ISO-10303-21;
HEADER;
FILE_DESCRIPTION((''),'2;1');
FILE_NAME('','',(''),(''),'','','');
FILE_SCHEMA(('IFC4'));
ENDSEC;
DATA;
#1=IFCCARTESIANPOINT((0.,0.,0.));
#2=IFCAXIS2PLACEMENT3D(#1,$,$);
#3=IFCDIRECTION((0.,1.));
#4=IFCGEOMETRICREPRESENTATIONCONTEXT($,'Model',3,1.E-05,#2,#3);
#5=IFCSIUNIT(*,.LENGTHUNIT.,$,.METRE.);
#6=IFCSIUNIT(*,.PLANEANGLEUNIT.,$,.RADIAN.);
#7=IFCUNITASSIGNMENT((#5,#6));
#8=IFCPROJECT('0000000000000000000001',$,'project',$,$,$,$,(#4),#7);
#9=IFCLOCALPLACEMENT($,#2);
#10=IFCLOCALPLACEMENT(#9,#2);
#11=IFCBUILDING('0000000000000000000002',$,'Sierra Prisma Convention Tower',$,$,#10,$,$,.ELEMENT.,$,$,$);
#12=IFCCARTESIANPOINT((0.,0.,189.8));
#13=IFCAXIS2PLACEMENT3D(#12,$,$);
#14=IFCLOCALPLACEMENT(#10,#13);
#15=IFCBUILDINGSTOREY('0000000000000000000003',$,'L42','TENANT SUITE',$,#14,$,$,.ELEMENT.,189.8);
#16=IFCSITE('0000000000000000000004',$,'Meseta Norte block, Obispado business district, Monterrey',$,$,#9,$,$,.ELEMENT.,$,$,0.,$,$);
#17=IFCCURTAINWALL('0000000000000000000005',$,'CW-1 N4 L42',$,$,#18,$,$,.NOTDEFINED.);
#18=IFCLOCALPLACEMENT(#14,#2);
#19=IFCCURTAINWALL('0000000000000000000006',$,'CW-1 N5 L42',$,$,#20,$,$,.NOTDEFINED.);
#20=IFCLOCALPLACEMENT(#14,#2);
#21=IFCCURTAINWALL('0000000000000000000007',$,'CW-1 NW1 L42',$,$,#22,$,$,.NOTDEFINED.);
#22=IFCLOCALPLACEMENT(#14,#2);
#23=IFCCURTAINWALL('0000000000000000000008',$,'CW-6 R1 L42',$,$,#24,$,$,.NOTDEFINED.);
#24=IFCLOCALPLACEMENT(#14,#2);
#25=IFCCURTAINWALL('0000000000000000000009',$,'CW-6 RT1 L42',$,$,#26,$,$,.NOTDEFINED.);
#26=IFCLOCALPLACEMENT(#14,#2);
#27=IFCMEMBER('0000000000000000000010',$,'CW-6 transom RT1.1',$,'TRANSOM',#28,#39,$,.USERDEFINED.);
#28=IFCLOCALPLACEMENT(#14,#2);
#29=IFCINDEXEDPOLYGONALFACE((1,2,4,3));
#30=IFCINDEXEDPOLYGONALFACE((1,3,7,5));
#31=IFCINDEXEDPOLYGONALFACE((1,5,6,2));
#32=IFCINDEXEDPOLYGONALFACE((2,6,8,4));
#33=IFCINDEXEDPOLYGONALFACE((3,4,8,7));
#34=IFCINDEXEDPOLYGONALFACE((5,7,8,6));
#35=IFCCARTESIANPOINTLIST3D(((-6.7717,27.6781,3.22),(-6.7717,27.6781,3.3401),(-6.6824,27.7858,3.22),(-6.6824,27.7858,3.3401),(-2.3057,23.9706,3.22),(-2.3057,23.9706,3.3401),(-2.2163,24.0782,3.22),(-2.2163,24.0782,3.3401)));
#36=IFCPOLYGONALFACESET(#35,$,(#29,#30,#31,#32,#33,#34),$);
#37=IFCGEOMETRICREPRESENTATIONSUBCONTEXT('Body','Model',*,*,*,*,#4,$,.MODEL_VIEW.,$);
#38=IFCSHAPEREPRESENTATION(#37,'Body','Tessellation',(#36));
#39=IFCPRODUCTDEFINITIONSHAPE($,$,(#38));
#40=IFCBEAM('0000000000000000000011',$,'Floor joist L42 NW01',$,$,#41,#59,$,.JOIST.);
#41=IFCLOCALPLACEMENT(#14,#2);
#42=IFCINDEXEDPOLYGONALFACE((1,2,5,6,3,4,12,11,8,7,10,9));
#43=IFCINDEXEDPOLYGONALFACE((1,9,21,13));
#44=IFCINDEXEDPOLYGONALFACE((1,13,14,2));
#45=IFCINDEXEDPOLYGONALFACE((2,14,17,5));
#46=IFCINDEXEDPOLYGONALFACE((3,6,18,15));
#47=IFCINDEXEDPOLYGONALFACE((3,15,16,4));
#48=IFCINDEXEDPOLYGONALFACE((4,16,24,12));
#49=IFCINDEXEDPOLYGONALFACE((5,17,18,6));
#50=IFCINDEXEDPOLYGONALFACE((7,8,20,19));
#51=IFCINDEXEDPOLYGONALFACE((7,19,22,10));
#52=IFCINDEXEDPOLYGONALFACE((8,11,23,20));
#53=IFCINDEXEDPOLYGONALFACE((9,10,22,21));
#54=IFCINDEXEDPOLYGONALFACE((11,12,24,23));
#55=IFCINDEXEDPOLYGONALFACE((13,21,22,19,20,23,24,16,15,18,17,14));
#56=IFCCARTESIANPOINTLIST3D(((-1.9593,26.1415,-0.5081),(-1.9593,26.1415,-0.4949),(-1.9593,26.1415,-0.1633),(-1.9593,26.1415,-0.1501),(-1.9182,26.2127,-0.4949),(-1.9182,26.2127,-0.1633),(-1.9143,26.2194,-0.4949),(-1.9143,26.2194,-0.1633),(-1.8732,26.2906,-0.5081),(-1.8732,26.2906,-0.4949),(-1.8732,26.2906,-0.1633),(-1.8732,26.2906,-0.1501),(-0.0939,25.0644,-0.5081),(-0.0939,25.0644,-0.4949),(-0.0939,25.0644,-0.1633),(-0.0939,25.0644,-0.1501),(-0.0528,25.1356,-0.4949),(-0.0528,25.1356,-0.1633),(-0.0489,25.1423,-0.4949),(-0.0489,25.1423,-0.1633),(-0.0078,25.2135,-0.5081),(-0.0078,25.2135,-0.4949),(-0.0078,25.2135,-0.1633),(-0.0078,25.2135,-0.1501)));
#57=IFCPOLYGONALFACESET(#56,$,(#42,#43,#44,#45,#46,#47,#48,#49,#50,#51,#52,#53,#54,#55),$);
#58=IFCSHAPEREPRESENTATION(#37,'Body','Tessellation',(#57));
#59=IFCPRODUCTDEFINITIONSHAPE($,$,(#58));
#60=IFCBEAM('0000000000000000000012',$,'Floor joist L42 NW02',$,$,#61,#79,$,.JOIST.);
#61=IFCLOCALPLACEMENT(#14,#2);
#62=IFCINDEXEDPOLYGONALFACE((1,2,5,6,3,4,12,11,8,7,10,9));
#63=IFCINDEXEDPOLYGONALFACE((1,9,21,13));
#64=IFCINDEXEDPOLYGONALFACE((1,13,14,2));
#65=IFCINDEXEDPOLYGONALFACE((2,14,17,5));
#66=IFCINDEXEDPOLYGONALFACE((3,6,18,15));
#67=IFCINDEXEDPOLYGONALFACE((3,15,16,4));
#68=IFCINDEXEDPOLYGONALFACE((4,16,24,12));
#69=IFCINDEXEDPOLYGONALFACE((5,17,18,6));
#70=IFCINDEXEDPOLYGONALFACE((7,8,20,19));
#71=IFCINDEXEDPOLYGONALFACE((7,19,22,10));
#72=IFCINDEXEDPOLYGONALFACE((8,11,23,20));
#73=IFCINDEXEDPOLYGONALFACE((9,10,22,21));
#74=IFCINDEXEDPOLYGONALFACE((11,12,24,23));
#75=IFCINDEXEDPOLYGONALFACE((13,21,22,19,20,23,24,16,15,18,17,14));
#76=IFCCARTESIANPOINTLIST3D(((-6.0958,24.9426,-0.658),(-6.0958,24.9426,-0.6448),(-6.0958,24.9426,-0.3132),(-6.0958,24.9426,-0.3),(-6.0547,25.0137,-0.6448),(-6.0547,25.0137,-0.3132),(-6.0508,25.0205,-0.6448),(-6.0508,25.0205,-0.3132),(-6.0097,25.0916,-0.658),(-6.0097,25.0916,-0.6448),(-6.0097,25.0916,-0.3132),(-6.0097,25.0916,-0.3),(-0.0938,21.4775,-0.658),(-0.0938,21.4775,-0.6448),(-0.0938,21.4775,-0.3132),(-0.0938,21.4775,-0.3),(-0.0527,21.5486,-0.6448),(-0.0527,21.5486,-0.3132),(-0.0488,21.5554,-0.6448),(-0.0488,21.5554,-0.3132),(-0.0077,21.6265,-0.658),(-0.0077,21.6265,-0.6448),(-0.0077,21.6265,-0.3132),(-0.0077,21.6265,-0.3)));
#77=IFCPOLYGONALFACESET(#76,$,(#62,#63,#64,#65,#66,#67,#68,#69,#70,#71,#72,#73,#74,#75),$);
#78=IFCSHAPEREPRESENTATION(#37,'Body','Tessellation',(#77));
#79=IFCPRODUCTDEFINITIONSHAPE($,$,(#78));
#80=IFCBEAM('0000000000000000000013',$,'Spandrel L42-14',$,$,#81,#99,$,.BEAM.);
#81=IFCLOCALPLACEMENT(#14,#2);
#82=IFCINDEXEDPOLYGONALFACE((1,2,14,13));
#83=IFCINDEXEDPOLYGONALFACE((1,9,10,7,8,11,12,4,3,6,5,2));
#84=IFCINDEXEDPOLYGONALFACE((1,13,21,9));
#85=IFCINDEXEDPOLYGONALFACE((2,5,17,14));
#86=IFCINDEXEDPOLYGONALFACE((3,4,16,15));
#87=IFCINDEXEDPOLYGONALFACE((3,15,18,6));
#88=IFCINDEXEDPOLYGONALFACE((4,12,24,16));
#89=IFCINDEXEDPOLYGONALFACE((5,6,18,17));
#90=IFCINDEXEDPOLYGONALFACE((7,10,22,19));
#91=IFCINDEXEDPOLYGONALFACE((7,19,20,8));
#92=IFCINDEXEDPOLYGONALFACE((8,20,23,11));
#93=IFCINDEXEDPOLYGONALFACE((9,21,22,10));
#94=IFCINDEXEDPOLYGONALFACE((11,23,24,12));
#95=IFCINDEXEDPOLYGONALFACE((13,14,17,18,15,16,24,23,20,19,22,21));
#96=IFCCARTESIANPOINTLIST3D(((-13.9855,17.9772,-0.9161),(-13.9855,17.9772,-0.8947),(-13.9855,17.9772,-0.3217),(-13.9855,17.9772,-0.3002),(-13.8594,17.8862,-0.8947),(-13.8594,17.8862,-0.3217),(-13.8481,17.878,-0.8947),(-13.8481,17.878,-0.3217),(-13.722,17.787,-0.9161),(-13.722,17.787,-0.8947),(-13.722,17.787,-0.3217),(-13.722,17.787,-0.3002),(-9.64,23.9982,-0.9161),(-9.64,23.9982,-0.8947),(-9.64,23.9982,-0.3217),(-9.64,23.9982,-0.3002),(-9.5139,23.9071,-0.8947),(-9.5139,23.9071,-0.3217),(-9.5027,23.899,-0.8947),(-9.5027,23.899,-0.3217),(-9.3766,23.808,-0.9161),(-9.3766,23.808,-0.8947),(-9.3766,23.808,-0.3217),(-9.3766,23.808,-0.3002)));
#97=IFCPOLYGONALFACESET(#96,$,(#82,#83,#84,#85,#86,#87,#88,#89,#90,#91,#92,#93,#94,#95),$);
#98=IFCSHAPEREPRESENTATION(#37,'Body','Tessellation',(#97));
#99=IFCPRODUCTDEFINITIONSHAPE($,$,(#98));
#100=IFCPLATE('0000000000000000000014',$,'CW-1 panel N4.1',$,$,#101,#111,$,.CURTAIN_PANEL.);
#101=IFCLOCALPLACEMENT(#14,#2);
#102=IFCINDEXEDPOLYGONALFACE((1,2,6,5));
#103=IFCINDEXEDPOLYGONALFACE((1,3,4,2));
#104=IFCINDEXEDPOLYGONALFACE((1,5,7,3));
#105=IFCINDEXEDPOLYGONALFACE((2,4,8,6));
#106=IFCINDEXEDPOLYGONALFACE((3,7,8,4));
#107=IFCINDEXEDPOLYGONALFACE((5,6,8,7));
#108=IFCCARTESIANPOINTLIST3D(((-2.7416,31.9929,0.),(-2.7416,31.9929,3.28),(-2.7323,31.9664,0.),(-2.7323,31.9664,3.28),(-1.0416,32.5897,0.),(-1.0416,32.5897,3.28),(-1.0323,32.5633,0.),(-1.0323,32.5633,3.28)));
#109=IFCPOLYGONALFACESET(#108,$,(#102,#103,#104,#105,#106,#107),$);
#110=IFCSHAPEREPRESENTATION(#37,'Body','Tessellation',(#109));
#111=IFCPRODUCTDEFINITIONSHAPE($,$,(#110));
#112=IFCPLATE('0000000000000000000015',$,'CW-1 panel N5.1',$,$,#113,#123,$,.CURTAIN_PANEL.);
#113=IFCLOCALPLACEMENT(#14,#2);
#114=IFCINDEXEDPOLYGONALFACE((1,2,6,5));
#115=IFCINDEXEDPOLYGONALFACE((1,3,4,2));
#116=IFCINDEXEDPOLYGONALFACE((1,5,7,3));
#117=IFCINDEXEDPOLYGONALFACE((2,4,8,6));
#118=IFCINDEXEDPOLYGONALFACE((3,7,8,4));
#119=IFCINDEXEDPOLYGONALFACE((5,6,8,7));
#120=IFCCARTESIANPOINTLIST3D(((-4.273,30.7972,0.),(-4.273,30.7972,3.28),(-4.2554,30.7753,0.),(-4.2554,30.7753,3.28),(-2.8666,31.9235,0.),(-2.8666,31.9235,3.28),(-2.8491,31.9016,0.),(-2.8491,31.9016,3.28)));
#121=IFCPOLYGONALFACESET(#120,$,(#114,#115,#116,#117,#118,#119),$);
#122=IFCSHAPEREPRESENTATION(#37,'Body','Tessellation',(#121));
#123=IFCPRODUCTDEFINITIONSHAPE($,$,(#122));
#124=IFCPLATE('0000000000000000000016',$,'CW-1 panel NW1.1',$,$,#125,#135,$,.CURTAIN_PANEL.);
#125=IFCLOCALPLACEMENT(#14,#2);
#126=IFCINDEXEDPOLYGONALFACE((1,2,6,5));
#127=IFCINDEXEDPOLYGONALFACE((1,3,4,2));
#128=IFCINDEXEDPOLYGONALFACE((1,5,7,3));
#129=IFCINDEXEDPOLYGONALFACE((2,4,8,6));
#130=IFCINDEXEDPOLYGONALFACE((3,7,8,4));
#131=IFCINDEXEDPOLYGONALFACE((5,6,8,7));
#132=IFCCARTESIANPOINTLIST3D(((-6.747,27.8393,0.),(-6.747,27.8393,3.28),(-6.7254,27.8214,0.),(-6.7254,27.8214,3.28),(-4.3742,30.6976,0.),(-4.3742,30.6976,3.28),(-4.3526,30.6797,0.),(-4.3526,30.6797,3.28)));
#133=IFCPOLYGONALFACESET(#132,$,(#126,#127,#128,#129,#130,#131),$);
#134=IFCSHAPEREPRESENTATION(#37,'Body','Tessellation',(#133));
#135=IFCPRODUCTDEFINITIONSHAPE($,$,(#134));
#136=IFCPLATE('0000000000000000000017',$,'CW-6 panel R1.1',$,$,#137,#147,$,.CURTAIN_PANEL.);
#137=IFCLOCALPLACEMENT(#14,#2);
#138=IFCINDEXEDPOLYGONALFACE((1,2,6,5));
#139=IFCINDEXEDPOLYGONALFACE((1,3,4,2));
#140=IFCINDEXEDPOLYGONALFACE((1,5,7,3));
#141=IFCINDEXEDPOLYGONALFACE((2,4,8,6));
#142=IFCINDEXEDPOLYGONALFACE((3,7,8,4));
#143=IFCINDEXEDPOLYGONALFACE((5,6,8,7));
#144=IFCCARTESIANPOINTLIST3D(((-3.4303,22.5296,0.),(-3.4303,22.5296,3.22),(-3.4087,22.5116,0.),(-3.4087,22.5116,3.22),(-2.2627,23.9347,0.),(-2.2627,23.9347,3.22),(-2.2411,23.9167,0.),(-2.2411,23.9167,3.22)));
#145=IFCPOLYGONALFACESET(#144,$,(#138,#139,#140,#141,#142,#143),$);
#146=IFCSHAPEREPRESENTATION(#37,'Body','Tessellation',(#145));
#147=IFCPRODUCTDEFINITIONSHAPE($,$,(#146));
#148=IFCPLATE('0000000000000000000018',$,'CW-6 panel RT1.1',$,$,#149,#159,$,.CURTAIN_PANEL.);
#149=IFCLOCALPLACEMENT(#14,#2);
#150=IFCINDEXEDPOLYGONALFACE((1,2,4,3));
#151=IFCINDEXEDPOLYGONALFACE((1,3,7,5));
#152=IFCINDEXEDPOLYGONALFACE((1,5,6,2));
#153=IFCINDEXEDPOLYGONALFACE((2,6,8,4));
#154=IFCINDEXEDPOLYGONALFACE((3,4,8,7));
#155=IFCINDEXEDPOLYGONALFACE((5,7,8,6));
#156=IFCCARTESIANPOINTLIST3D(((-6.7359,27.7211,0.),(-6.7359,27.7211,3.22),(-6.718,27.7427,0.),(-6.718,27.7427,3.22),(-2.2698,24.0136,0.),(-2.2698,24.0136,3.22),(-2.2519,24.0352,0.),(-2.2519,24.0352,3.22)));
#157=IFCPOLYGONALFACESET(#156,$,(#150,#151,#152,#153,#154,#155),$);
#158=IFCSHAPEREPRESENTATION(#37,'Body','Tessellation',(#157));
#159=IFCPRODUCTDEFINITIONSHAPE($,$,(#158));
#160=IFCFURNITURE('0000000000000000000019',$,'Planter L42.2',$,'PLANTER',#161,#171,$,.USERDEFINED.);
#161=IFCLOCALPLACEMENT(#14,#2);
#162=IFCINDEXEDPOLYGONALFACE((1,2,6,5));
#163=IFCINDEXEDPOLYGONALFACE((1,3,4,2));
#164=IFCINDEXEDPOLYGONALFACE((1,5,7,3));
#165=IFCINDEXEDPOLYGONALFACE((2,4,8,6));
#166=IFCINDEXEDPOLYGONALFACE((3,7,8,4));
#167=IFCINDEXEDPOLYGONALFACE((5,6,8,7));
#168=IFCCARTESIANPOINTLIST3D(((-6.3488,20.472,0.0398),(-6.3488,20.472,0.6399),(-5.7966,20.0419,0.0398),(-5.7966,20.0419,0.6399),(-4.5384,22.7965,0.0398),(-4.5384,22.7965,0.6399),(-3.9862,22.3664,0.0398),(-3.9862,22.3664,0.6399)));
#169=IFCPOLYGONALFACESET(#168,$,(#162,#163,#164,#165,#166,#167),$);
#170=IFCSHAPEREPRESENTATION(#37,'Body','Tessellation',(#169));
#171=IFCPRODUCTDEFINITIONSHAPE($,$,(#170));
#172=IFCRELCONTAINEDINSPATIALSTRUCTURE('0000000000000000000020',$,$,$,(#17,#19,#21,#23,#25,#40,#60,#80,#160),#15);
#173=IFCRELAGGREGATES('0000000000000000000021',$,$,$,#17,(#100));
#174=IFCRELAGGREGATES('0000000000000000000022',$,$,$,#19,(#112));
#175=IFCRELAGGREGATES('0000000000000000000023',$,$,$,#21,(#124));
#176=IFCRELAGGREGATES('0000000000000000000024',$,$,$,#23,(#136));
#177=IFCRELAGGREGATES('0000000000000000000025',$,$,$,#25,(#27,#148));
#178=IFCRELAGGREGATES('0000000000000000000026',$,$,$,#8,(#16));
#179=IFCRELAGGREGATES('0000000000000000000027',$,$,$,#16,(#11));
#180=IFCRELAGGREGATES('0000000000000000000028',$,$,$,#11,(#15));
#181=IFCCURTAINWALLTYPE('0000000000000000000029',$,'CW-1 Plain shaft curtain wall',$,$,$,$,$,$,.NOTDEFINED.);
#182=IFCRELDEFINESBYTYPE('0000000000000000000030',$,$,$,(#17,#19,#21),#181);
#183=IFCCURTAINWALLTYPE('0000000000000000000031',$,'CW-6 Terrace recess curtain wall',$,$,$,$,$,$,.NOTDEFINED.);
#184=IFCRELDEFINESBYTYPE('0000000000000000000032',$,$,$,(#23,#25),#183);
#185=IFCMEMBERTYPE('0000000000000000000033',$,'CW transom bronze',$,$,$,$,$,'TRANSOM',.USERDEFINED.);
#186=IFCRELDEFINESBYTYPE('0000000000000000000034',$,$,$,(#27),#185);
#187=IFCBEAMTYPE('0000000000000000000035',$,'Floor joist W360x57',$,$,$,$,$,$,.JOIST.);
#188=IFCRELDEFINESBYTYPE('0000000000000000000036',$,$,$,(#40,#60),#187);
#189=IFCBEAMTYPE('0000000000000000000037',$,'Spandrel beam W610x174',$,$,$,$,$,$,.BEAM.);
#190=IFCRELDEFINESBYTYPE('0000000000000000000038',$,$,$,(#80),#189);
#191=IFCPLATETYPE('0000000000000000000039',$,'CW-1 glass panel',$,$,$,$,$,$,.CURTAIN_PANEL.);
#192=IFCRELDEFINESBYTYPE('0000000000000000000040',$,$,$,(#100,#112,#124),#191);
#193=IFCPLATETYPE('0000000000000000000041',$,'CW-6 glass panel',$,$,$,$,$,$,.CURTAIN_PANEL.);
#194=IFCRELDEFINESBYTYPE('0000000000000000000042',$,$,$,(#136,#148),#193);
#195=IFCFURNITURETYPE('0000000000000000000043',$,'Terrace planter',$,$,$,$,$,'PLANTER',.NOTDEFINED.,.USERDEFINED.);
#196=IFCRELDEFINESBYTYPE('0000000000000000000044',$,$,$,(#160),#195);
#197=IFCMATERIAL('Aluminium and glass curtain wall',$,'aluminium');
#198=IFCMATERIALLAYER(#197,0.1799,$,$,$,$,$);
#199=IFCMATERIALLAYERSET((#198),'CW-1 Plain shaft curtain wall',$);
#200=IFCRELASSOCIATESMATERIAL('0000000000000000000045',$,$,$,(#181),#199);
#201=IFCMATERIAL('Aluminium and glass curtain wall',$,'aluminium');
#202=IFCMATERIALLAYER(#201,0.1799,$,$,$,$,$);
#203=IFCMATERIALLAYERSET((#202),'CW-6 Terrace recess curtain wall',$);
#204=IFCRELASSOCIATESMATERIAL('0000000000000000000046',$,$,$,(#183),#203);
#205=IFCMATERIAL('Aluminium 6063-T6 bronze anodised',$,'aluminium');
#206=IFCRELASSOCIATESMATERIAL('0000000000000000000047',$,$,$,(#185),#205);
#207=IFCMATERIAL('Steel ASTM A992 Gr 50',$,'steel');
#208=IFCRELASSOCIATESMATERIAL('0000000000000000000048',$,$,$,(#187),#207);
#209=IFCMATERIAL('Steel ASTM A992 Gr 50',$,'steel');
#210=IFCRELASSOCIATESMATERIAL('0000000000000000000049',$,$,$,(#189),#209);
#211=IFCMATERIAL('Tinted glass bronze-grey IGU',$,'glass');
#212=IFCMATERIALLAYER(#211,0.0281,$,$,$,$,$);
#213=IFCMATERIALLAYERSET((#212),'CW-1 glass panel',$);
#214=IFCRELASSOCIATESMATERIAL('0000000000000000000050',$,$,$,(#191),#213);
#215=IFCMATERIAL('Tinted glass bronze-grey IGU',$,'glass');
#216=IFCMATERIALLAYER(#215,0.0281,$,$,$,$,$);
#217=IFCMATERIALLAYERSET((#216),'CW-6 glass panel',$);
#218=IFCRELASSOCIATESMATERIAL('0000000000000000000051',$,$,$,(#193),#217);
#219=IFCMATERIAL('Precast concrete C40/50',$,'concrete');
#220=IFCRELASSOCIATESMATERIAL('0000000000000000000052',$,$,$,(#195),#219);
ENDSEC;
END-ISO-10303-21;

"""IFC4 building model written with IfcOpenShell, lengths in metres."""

from ifc_helpers import new_model, si_unit, direction, frame, origin, origin_2d, place, context, subcontext, project, spatial, rectangle, i_section, extrude, material, layer, layer_set, material_profile, profile_set, type_object, element, aggregate, save


model = new_model("IFC4")

# Units and contexts
model_context = context("Model", 3, precision=1e-05, world=origin(), true_north=direction((0.0, 1.0)))
body_context = subcontext(model_context, "Body", "Model", "MODEL_VIEW")
ifc_project = project(units=[si_unit("LENGTHUNIT", "METRE"), si_unit("PLANEANGLEUNIT", "RADIAN")], contexts=[model_context])

# Site, building, storey
site_placement = place(None, origin())
site = spatial("IfcSite", under=ifc_project, at=site_placement, Name="Meseta Norte block, Obispado business district, Monterrey", CompositionType="ELEMENT", RefElevation=0.0)
building_placement = place(site_placement, origin())
building = spatial("IfcBuilding", under=site, at=building_placement, Name="Sierra Prisma Convention Tower", CompositionType="ELEMENT")
storey_placement = place(building_placement, frame((0.0, 0.0, 189.8)))
storey = spatial("IfcBuildingStorey", under=building, at=storey_placement, Name="L42", Description="TENANT SUITE", CompositionType="ELEMENT", Elevation=189.8)

# Curtain walls
ifc_material_1 = material(Name="Aluminium and glass curtain wall", Category="aluminium")
ifc_layer_1 = layer(ifc_material_1, 0.1799)
ifc_layer_set_1 = layer_set([ifc_layer_1], Name="CW-1 Plain shaft curtain wall")
curtain_wall_type_1 = type_object("IfcCurtainWallType", Name="CW-1 Plain shaft curtain wall", PredefinedType="NOTDEFINED", material=ifc_layer_set_1)
curtain_wall_1_placement = place(storey_placement, origin())
curtain_wall_1 = element("IfcCurtainWall", 1, at=curtain_wall_1_placement, inside=storey, type_object=curtain_wall_type_1, Name="CW-1 N4 L42", PredefinedType="NOTDEFINED")
curtain_wall_2_placement = place(storey_placement, origin())
curtain_wall_2 = element("IfcCurtainWall", 2, at=curtain_wall_2_placement, inside=storey, type_object=curtain_wall_type_1, Name="CW-1 N5 L42", PredefinedType="NOTDEFINED")

# Curtain wall
curtain_wall_3_placement = place(storey_placement, origin())
curtain_wall_3 = element("IfcCurtainWall", 3, at=curtain_wall_3_placement, inside=storey, type_object=curtain_wall_type_1, Name="CW-1 NW1 L42", PredefinedType="NOTDEFINED")

# Curtain wall
ifc_material_2 = material(Name="Aluminium and glass curtain wall", Category="aluminium")
ifc_layer_2 = layer(ifc_material_2, 0.1799)
ifc_layer_set_2 = layer_set([ifc_layer_2], Name="CW-6 Terrace recess curtain wall")
curtain_wall_type_2 = type_object("IfcCurtainWallType", Name="CW-6 Terrace recess curtain wall", PredefinedType="NOTDEFINED", material=ifc_layer_set_2)
curtain_wall_4_placement = place(storey_placement, origin())
curtain_wall_4 = element("IfcCurtainWall", 4, at=curtain_wall_4_placement, inside=storey, type_object=curtain_wall_type_2, Name="CW-6 R1 L42", PredefinedType="NOTDEFINED")

# Curtain wall
curtain_wall_5_placement = place(storey_placement, origin())
curtain_wall_5 = element("IfcCurtainWall", 5, at=curtain_wall_5_placement, inside=storey, type_object=curtain_wall_type_2, Name="CW-6 RT1 L42", PredefinedType="NOTDEFINED")

# Member
ifc_material_3 = material(Name="Aluminium 6063-T6 bronze anodised", Category="aluminium")
ifc_material_profile_1 = material_profile(ifc_material_3, rectangle(XDim=0.1399, YDim=0.1201, at=origin_2d()), Name="ALU TRANSOM 120x140")
ifc_profile_set_1 = profile_set([ifc_material_profile_1], Name="Aluminium 6063-T6 bronze anodised")
member_type_1 = type_object("IfcMemberType", Name="CW transom bronze", ElementType="TRANSOM", PredefinedType="USERDEFINED", material=ifc_profile_set_1)
member_1_placement = place(storey_placement, frame((-6.7271, 27.7319, 3.28), z_axis=(0.769423, -0.638739, 0.0), x_axis=(0.638739, 0.769423, 0.0)))
member_1 = element("IfcMember", 6, at=member_1_placement, type_object=member_type_1, Name="CW-6 transom RT1.1", ObjectType="TRANSOM", PredefinedType="USERDEFINED", context=body_context, shape_type="SweptSolid", body=[
    extrude(rectangle(XDim=0.1399, YDim=0.1201, at=origin_2d()), origin(), (0.0, 0.0, 1.0), 5.8044),
])

# Beams
ifc_material_4 = material(Name="Steel ASTM A992 Gr 50", Category="steel")
ifc_material_profile_2 = material_profile(ifc_material_4, i_section(OverallWidth=0.1721, OverallDepth=0.3579, WebThickness=0.0078, FlangeThickness=0.0132, at=origin_2d()), Name="W360x57")
ifc_profile_set_2 = profile_set([ifc_material_profile_2], Name="Steel ASTM A992 Gr 50")
beam_type_1 = type_object("IfcBeamType", Name="Floor joist W360x57", PredefinedType="JOIST", material=ifc_profile_set_2)
beam_1_placement = place(storey_placement, frame((-1.9163, 26.2161, -0.3291), z_axis=(0.866003, -0.50004, 0.0), x_axis=(0.50004, 0.866003, 0.0)))
element("IfcBeam", 7, at=beam_1_placement, inside=storey, type_object=beam_type_1, Name="Floor joist L42 NW01", PredefinedType="JOIST", context=body_context, shape_type="SweptSolid", body=[
    extrude(i_section(OverallWidth=0.1721, OverallDepth=0.3579, WebThickness=0.0078, FlangeThickness=0.0132, at=origin_2d()), origin(), (0.0, 0.0, 1.0), 2.1541),
])
beam_2_placement = place(storey_placement, frame((-6.0527, 25.0171, -0.479), z_axis=(0.866034, -0.499985, 0.0), x_axis=(0.499985, 0.866034, 0.0)))
element("IfcBeam", 8, at=beam_2_placement, inside=storey, type_object=beam_type_1, Name="Floor joist L42 NW02", PredefinedType="JOIST", context=body_context, shape_type="SweptSolid", body=[
    extrude(i_section(OverallWidth=0.1721, OverallDepth=0.3579, WebThickness=0.0078, FlangeThickness=0.0132, at=origin_2d()), origin(), (0.0, 0.0, 1.0), 6.9304),
])
ifc_material_5 = material(Name="Steel ASTM A992 Gr 50", Category="steel")
ifc_material_profile_3 = material_profile(ifc_material_5, i_section(OverallWidth=0.325, OverallDepth=0.616, WebThickness=0.0139, FlangeThickness=0.0215, at=origin_2d()), Name="W610x174")
ifc_profile_set_3 = profile_set([ifc_material_profile_3], Name="Steel ASTM A992 Gr 50")
beam_type_2 = type_object("IfcBeamType", Name="Spandrel beam W610x174", PredefinedType="BEAM", material=ifc_profile_set_3)
beam_3_placement = place(storey_placement, frame((-9.5083, 23.9031, -0.6082), z_axis=(-0.585222, -0.810873, 0.0), x_axis=(0.810873, -0.585222, 0.0)))
element("IfcBeam", 9, at=beam_3_placement, inside=storey, type_object=beam_type_2, Name="Spandrel L42-14", PredefinedType="BEAM", context=body_context, shape_type="SweptSolid", body=[
    extrude(i_section(OverallWidth=0.325, OverallDepth=0.616, WebThickness=0.0139, FlangeThickness=0.0215, at=origin_2d()), origin(), (0.0, 0.0, 1.0), 7.4253),
])

# Plates
ifc_material_6 = material(Name="Tinted glass bronze-grey IGU", Category="glass")
ifc_layer_3 = layer(ifc_material_6, 0.0281)
ifc_layer_set_3 = layer_set([ifc_layer_3], Name="CW-1 glass panel")
plate_type_1 = type_object("IfcPlateType", Name="CW-1 glass panel", PredefinedType="CURTAIN_PANEL", material=ifc_layer_set_3)
plate_1_placement = place(storey_placement, frame((-1.887, 32.2781, 0.0), z_axis=(0.0, 0.0, 1.0), x_axis=(-0.943539, -0.331263, 0.0)))
plate_1 = element("IfcPlate", 10, at=plate_1_placement, type_object=plate_type_1, Name="CW-1 panel N4.1", PredefinedType="CURTAIN_PANEL", context=body_context, shape_type="SweptSolid", body=[
    extrude(rectangle(XDim=1.8018, YDim=0.0281, at=origin_2d()), origin(), (0.0, 0.0, 1.0), 3.28),
])
aggregate(curtain_wall_1, [plate_1])
plate_2_placement = place(storey_placement, frame((-3.561, 31.3494, 0.0), z_axis=(0.0, 0.0, 1.0), x_axis=(-0.78053, -0.625118, 0.0)))
plate_2 = element("IfcPlate", 11, at=plate_2_placement, type_object=plate_type_1, Name="CW-1 panel N5.1", PredefinedType="CURTAIN_PANEL", context=body_context, shape_type="SweptSolid", body=[
    extrude(rectangle(XDim=1.8018, YDim=0.0281, at=origin_2d()), origin(), (0.0, 0.0, 1.0), 3.28),
])
aggregate(curtain_wall_2, [plate_2])
plate_3_placement = place(storey_placement, frame((-5.5498, 29.2595, 0.0), z_axis=(0.0, 0.0, 1.0), x_axis=(-0.638728, -0.769433, 0.0)))
plate_3 = element("IfcPlate", 12, at=plate_3_placement, type_object=plate_type_1, Name="CW-1 panel NW1.1", PredefinedType="CURTAIN_PANEL", context=body_context, shape_type="SweptSolid", body=[
    extrude(rectangle(XDim=3.7148, YDim=0.0281, at=origin_2d()), origin(), (0.0, 0.0, 1.0), 3.28),
])
aggregate(curtain_wall_3, [plate_3])
ifc_material_7 = material(Name="Tinted glass bronze-grey IGU", Category="glass")
ifc_layer_4 = layer(ifc_material_7, 0.0281)
ifc_layer_set_4 = layer_set([ifc_layer_4], Name="CW-6 glass panel")
plate_type_2 = type_object("IfcPlateType", Name="CW-6 glass panel", PredefinedType="CURTAIN_PANEL", material=ifc_layer_set_4)
plate_4_placement = place(storey_placement, frame((-2.8357, 23.2231, 0.0), z_axis=(0.0, 0.0, 1.0), x_axis=(-0.639126, -0.769102, 0.0)))
plate_4 = element("IfcPlate", 13, at=plate_4_placement, type_object=plate_type_2, Name="CW-6 panel R1.1", PredefinedType="CURTAIN_PANEL", context=body_context, shape_type="SweptSolid", body=[
    extrude(rectangle(XDim=1.8269, YDim=0.0281, at=origin_2d()), origin(), (0.0, 0.0, 1.0), 3.22),
])
aggregate(curtain_wall_4, [plate_4])
plate_5_placement = place(storey_placement, frame((-4.4939, 25.8782, 0.0), z_axis=(0.0, 0.0, 1.0), x_axis=(0.769433, -0.638728, 0.0)))
plate_5 = element("IfcPlate", 14, at=plate_5_placement, type_object=plate_type_2, Name="CW-6 panel RT1.1", PredefinedType="CURTAIN_PANEL", context=body_context, shape_type="SweptSolid", body=[
    extrude(rectangle(XDim=5.8044, YDim=0.0281, at=origin_2d()), origin(), (0.0, 0.0, 1.0), 3.22),
])
aggregate(curtain_wall_5, [member_1, plate_5])

# Furniture
ifc_material_8 = material(Name="Precast concrete C40/50", Category="concrete")
furniture_type = type_object("IfcFurnitureType", Name="Terrace planter", ElementType="PLANTER", AssemblyPlace="NOTDEFINED", PredefinedType="USERDEFINED", material=ifc_material_8)
furniture_placement = place(storey_placement, frame((-5.1675, 21.4192, 0.0398), z_axis=(0.0, 0.0, 1.0), x_axis=(-0.614461, -0.788947, 0.0)))
element("IfcFurniture", 15, at=furniture_placement, inside=storey, type_object=furniture_type, Name="Planter L42.2", ObjectType="PLANTER", PredefinedType="USERDEFINED", context=body_context, shape_type="SweptSolid", body=[
    extrude(rectangle(XDim=2.9463, YDim=0.7, at=origin_2d()), origin(), (0.0, 0.0, 1.0), 0.6001),
])

save(model, "model.ifc")
